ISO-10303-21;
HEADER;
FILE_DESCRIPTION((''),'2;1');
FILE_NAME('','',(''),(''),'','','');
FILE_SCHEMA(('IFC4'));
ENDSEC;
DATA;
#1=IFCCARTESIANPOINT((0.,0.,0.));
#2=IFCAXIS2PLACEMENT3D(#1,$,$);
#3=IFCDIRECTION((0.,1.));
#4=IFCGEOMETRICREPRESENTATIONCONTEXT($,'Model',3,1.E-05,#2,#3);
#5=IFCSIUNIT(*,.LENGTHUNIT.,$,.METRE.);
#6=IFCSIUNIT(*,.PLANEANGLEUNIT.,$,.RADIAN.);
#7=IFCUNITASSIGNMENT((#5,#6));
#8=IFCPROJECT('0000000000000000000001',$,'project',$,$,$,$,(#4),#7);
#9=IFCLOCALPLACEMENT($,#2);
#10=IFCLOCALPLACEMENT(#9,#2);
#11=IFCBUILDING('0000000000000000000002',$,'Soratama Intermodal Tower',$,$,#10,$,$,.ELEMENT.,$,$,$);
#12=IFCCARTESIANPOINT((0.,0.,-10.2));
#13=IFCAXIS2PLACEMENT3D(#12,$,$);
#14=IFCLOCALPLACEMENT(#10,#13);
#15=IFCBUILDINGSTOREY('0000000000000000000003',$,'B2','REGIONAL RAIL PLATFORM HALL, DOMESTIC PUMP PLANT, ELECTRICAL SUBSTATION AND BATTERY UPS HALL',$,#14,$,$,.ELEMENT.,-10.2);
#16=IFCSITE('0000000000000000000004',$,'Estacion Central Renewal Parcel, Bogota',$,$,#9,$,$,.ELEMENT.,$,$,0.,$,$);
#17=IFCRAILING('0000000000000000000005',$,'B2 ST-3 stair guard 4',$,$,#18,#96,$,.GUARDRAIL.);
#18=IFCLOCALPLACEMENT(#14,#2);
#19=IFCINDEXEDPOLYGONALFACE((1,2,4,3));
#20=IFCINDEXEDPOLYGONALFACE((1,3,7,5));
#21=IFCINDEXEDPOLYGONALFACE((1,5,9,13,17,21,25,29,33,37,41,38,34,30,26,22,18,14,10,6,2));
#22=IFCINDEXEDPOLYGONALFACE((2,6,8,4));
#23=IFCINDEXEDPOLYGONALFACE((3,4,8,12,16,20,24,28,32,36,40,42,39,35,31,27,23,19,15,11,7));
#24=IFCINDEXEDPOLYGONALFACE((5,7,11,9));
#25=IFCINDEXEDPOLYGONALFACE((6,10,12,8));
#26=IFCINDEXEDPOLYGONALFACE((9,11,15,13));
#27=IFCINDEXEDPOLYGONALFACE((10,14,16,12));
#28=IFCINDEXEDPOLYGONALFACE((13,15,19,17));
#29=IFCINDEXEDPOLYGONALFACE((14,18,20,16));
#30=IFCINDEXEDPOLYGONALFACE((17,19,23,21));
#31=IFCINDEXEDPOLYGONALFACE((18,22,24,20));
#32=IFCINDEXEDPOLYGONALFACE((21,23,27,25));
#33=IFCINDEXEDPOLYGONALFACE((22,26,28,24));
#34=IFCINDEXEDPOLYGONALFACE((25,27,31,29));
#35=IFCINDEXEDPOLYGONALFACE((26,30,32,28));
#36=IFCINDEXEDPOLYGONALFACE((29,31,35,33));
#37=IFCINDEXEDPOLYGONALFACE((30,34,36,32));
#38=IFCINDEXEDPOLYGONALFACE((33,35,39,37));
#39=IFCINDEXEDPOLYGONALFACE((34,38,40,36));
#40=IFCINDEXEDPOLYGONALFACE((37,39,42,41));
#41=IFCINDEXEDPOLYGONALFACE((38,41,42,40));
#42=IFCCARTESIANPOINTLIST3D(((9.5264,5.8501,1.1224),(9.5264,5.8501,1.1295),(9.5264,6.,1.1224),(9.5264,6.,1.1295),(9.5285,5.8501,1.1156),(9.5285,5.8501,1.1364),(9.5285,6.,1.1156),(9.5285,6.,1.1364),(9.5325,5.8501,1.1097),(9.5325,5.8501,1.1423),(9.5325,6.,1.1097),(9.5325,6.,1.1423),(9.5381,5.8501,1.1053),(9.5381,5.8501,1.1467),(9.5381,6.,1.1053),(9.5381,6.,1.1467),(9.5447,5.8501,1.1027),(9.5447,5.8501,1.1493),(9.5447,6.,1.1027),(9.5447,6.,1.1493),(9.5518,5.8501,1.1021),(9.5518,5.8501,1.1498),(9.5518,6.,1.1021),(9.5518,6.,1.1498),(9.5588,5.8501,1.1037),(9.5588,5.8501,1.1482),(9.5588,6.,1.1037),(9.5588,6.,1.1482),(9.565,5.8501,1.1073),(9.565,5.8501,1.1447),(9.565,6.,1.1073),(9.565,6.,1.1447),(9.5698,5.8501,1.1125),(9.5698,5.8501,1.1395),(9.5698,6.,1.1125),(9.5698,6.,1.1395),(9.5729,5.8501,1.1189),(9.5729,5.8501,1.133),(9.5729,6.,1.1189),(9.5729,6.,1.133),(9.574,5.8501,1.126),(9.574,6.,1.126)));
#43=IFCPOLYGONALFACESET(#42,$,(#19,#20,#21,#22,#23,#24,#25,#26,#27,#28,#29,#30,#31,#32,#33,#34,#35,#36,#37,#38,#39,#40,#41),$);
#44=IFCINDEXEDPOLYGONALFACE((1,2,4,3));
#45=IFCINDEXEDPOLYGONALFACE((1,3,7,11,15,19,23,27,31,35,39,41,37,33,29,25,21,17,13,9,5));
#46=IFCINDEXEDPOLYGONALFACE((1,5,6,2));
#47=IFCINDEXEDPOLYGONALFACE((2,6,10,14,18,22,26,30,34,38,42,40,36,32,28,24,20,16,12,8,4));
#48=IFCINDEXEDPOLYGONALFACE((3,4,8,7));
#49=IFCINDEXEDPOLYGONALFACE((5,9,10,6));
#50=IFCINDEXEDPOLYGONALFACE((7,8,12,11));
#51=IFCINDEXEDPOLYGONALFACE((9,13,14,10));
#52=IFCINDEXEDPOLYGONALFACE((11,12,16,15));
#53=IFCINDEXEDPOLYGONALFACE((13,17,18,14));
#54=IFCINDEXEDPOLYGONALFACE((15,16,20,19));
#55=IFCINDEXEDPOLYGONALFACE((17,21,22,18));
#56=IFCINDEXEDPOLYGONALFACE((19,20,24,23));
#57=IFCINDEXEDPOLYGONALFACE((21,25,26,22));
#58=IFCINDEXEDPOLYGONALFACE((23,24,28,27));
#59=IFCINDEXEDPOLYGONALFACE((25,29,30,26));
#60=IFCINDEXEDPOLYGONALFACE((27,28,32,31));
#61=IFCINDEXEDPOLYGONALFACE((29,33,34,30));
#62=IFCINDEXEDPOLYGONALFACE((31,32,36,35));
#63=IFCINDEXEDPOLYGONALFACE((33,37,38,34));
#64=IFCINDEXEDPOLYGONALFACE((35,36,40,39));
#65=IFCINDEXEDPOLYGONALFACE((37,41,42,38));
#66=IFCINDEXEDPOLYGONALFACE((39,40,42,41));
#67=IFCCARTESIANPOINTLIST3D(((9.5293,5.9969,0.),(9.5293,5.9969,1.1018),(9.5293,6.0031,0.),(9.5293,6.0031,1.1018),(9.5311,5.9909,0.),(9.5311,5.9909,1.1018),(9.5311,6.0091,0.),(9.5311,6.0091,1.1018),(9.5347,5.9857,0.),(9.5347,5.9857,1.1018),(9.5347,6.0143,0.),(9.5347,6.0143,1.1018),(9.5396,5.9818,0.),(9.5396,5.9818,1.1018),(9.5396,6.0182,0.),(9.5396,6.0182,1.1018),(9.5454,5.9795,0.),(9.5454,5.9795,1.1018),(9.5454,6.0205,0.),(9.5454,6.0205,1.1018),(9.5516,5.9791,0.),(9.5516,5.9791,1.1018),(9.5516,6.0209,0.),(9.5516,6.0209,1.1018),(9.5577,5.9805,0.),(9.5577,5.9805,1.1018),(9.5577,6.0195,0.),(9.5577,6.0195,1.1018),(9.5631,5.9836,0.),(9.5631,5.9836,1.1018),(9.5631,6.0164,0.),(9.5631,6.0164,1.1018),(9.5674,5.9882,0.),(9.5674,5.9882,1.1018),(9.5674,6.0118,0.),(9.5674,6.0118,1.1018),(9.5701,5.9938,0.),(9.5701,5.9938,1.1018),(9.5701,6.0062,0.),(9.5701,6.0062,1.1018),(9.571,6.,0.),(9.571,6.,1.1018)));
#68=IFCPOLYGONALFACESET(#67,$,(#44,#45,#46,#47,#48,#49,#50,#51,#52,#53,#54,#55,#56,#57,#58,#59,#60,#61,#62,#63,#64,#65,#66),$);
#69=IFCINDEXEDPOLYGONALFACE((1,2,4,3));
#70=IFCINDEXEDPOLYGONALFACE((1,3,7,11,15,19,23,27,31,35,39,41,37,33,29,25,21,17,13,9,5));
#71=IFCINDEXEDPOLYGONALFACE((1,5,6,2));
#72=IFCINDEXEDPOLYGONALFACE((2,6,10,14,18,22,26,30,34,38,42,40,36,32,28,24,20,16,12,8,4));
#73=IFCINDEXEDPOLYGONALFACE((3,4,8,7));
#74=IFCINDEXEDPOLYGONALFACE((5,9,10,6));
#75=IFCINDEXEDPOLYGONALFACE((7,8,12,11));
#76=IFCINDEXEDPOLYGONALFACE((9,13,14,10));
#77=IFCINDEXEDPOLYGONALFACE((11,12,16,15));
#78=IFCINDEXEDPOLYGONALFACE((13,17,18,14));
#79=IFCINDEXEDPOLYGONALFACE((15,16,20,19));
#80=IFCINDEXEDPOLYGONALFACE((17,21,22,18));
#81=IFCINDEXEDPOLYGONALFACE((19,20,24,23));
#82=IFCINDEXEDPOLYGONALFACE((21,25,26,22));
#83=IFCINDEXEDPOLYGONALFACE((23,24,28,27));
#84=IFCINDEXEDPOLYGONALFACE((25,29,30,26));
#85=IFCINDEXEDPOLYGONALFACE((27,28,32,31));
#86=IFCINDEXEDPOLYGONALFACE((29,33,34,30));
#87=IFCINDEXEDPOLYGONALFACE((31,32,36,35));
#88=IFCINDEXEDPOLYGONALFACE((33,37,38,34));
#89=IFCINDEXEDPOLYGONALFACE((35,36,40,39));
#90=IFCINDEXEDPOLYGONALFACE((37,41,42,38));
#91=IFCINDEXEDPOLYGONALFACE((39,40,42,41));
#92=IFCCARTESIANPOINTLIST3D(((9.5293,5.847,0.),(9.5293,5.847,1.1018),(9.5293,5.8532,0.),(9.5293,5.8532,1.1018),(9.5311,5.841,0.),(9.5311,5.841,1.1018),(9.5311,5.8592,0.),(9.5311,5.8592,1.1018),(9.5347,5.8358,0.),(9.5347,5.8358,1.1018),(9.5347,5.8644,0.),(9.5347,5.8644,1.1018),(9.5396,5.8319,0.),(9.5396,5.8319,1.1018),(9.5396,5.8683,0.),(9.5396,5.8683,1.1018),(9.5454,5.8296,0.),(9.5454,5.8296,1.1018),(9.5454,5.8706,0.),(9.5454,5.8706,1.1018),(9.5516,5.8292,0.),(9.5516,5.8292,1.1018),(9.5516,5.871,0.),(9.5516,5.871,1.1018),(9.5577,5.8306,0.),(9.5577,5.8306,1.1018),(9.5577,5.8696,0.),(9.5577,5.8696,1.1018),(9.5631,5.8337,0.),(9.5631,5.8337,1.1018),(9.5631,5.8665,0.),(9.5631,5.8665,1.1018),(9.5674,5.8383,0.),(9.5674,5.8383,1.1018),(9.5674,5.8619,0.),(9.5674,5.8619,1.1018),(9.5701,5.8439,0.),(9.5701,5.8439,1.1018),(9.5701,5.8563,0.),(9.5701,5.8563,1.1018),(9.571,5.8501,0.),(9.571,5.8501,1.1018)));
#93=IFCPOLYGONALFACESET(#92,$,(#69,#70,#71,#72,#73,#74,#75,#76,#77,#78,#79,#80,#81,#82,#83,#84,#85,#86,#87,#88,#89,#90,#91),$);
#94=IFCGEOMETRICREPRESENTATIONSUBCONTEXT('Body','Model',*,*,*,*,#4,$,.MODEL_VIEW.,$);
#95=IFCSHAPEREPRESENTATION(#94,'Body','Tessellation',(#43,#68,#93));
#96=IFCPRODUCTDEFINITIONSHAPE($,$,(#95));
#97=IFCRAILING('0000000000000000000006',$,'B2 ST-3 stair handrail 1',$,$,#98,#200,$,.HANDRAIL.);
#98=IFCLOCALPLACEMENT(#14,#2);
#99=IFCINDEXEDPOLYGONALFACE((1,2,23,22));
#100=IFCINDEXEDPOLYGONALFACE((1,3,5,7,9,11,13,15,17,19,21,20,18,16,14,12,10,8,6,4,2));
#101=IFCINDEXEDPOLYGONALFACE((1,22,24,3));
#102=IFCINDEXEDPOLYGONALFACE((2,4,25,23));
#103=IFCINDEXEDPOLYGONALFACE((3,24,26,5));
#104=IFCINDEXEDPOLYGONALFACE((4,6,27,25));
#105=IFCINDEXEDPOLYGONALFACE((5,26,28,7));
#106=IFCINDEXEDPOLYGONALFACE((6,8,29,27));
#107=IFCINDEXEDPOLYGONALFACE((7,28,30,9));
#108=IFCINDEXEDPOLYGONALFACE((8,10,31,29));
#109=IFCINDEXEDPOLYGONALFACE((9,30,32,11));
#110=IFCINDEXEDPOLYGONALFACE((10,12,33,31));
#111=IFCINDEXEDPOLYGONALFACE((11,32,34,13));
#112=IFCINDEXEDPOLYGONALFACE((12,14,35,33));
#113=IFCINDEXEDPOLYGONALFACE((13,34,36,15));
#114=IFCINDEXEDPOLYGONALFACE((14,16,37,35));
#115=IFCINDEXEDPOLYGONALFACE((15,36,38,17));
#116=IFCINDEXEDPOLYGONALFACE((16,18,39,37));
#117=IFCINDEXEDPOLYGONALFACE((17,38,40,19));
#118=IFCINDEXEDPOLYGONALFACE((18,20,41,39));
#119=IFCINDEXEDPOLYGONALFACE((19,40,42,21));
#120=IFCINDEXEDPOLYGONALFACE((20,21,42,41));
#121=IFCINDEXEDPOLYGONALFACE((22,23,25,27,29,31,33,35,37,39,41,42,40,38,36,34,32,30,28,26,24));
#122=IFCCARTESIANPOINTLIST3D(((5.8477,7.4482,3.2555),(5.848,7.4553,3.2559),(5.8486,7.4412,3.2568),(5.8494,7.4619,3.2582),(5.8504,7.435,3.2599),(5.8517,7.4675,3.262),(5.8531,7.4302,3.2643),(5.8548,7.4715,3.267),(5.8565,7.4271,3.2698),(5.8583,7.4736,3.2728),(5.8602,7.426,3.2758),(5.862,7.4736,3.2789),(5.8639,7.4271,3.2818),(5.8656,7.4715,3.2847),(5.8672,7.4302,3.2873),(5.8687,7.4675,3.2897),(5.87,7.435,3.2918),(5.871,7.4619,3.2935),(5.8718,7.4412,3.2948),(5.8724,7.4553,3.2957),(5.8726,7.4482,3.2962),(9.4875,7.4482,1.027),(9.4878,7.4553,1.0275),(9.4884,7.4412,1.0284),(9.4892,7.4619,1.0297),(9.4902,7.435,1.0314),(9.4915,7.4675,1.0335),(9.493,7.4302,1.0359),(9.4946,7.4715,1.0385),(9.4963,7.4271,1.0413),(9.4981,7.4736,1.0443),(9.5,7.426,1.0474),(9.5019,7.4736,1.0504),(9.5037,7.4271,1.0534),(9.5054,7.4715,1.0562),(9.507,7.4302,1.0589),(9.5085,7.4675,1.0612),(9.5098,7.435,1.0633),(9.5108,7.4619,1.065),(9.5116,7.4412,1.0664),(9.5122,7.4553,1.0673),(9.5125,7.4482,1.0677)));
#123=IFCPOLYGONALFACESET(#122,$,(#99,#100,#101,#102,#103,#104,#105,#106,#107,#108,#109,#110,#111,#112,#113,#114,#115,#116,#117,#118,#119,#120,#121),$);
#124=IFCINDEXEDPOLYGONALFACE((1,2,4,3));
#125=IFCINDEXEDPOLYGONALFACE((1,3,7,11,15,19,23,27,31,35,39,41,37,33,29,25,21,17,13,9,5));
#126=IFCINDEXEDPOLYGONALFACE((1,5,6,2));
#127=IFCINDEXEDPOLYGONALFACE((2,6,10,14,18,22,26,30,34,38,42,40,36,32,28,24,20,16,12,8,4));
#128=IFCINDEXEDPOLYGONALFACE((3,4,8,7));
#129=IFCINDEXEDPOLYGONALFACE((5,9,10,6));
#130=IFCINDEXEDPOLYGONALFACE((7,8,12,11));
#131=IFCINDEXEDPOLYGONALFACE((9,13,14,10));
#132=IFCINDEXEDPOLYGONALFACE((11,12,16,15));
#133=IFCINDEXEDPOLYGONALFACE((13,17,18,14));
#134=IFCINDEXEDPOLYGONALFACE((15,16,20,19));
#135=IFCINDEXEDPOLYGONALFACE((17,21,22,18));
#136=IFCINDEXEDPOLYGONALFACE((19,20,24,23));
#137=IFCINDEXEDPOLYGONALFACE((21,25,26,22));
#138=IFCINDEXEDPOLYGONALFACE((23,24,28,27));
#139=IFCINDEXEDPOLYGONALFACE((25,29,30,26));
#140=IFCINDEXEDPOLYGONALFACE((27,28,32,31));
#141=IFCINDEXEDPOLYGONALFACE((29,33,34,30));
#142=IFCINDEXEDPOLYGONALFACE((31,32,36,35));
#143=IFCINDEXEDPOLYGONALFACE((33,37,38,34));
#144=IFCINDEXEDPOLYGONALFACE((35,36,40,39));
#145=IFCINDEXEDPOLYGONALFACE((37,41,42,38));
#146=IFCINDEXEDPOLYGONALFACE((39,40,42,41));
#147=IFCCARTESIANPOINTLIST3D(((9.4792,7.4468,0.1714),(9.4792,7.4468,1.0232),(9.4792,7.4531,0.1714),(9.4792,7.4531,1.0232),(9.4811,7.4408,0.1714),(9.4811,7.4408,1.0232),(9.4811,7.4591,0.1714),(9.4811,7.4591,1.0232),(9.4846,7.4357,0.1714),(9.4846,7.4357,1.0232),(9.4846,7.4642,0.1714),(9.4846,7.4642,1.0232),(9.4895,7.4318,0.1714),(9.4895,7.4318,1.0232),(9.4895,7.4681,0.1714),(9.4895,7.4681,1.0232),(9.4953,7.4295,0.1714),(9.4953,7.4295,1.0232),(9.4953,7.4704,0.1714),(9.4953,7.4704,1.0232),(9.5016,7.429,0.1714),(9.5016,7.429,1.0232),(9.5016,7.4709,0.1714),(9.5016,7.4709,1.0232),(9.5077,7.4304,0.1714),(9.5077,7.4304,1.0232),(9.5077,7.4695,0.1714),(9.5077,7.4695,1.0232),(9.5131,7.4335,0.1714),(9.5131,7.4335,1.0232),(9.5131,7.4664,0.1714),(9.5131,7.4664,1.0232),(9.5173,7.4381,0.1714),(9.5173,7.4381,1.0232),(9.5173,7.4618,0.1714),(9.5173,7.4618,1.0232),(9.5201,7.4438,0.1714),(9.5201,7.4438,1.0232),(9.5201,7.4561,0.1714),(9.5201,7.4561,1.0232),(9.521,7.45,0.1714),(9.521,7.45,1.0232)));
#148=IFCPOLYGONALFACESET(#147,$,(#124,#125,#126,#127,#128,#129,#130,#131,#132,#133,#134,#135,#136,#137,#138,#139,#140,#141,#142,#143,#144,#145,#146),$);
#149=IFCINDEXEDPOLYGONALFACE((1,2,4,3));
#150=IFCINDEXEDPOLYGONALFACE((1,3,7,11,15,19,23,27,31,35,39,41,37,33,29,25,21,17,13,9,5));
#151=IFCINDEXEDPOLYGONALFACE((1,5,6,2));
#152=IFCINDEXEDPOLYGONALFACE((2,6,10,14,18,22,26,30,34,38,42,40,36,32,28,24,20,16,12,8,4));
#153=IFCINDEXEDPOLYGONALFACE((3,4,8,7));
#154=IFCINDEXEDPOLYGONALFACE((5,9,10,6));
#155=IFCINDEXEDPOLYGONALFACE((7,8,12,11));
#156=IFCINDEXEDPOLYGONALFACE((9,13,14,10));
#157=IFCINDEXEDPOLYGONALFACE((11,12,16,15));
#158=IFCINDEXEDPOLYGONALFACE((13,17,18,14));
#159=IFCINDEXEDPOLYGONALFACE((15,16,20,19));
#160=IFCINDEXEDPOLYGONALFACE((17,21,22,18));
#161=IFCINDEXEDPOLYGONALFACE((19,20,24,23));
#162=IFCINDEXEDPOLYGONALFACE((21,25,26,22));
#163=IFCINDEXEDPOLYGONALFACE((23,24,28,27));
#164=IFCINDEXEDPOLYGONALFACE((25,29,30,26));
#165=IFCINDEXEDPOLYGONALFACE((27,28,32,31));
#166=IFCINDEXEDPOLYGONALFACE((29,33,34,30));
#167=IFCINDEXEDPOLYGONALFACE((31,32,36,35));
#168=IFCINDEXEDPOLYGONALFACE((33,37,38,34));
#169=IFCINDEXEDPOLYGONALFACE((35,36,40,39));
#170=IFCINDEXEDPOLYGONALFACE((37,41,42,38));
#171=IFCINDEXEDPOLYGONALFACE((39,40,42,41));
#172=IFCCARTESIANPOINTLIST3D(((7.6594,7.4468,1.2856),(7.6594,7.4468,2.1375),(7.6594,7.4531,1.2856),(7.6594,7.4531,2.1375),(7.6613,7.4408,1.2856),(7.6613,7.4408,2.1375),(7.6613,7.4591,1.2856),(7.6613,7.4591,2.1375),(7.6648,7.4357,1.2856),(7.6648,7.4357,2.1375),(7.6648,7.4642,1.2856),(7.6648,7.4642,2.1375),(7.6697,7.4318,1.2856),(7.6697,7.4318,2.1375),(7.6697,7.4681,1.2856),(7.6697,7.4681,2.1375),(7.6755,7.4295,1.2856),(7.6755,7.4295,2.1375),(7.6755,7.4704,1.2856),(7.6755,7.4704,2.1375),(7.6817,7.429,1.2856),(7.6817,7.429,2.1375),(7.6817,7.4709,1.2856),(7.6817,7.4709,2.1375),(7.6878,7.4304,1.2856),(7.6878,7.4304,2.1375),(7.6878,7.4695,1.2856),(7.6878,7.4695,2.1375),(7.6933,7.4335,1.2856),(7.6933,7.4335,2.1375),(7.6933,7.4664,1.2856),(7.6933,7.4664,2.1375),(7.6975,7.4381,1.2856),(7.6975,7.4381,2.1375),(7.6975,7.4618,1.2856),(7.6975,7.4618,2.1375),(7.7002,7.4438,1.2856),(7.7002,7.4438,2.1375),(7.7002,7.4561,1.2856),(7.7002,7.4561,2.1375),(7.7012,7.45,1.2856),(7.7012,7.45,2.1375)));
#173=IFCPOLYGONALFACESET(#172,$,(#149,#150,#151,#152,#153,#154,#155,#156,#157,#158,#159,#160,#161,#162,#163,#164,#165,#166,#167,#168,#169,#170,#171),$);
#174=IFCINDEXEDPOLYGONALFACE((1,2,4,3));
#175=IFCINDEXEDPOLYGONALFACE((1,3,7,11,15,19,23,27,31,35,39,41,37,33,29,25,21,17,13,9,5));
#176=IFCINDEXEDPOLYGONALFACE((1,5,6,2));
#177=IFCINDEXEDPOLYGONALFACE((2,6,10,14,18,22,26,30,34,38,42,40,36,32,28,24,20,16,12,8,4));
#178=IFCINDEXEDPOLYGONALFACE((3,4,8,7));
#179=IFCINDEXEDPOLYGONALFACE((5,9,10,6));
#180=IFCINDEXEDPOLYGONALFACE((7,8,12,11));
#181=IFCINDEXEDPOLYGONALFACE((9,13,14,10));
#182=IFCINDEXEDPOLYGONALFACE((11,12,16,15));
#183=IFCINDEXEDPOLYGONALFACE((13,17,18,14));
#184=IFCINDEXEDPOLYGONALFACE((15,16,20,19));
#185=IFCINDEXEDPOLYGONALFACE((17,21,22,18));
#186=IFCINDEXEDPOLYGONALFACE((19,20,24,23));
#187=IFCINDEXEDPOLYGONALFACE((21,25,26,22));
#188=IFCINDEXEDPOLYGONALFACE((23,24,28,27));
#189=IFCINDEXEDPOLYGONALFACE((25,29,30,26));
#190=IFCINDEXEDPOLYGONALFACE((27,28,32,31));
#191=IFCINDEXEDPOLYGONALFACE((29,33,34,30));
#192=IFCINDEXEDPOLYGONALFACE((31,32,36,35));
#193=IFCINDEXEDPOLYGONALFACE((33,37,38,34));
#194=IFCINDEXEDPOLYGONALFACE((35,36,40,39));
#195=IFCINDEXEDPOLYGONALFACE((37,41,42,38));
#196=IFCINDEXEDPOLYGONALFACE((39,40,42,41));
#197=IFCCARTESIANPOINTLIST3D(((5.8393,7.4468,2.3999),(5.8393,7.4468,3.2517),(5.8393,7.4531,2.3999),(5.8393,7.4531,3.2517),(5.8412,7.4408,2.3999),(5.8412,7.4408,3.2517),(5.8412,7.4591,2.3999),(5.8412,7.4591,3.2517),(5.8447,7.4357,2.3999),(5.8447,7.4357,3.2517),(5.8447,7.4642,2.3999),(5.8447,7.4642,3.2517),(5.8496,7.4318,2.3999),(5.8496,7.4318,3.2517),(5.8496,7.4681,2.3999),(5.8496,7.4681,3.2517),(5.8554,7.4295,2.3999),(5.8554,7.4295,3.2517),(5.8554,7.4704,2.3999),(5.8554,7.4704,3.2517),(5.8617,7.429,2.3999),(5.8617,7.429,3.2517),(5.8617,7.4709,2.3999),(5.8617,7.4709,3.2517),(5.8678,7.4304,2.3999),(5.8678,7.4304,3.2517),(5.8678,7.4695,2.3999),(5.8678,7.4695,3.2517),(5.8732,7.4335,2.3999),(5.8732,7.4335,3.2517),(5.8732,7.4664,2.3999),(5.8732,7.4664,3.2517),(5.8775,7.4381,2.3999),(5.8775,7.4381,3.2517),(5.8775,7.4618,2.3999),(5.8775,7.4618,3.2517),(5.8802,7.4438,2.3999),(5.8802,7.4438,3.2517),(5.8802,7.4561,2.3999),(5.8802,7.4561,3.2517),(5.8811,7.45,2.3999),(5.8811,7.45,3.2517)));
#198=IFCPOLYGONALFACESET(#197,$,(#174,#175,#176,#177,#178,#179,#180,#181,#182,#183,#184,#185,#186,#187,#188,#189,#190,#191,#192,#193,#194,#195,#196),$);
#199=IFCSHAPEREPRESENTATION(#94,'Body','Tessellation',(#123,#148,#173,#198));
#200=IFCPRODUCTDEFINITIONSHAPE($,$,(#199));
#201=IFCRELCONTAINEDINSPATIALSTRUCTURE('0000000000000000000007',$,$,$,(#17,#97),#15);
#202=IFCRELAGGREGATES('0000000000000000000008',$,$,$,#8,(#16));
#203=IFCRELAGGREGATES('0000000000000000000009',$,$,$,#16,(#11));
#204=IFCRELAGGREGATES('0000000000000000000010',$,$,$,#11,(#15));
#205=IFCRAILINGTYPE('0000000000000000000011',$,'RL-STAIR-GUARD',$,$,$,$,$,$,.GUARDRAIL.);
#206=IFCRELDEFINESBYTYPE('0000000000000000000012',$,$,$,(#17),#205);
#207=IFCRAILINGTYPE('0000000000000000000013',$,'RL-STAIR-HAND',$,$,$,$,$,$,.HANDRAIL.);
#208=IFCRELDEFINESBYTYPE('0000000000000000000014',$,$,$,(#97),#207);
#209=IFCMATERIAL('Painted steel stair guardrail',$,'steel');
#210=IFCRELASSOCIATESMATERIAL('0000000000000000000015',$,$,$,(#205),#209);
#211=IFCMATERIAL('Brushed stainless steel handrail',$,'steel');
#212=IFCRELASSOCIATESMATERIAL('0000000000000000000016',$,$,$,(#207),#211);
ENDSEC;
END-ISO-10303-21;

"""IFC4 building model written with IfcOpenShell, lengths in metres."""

from ifc_helpers import new_model, si_unit, direction, frame, origin, origin_2d, place, context, subcontext, project, spatial, circle, extrude, material, type_object, element, save


model = new_model("IFC4")

# Units and contexts
model_context = context("Model", 3, precision=1e-05, world=origin(), true_north=direction((0.0, 1.0)))
body_context = subcontext(model_context, "Body", "Model", "MODEL_VIEW")
ifc_project = project(units=[si_unit("LENGTHUNIT", "METRE"), si_unit("PLANEANGLEUNIT", "RADIAN")], contexts=[model_context])

# Site, building, storey
site_placement = place(None, origin())
site = spatial("IfcSite", under=ifc_project, at=site_placement, Name="Estacion Central Renewal Parcel, Bogota", CompositionType="ELEMENT", RefElevation=0.0)
building_placement = place(site_placement, origin())
building = spatial("IfcBuilding", under=site, at=building_placement, Name="Soratama Intermodal Tower", CompositionType="ELEMENT")
storey_placement = place(building_placement, frame((0.0, 0.0, -10.2)))
storey = spatial("IfcBuildingStorey", under=building, at=storey_placement, Name="B2", Description="REGIONAL RAIL PLATFORM HALL, DOMESTIC PUMP PLANT, ELECTRICAL SUBSTATION AND BATTERY UPS HALL", CompositionType="ELEMENT", Elevation=-10.2)

# Railings
ifc_material_1 = material(Name="Painted steel stair guardrail", Category="steel")
railing_type_1 = type_object("IfcRailingType", Name="RL-STAIR-GUARD", PredefinedType="GUARDRAIL", material=ifc_material_1)
railing_1_placement = place(storey_placement, frame((9.55, 6.0, 0.0)))
element("IfcRailing", 1, at=railing_1_placement, inside=storey, type_object=railing_type_1, Name="B2 ST-3 stair guard 4", PredefinedType="GUARDRAIL", context=body_context, shape_type="SweptSolid", body=[
    extrude(circle(Radius=0.0239, at=origin_2d()), frame((0.0, 0.0, 1.126), z_axis=(0.0, -1.0, 0.0), x_axis=(1.0, 0.0, 0.0)), (0.0, 0.0, 1.0), 0.1499),
    extrude(circle(Radius=0.021, at=origin_2d()), origin(), (0.0, 0.0, 1.0), 1.1018),
    extrude(circle(Radius=0.021, at=origin_2d()), frame((0.0, -0.1499, 0.0)), (0.0, 0.0, 1.0), 1.1018),
])
ifc_material_2 = material(Name="Brushed stainless steel handrail", Category="steel")
railing_type_2 = type_object("IfcRailingType", Name="RL-STAIR-HAND", PredefinedType="HANDRAIL", material=ifc_material_2)
railing_2_placement = place(storey_placement, frame((9.5, 7.45, 0.1714)))
element("IfcRailing", 2, at=railing_2_placement, inside=storey, type_object=railing_type_2, Name="B2 ST-3 stair handrail 1", PredefinedType="HANDRAIL", context=body_context, shape_type="SweptSolid", body=[
    extrude(circle(Radius=0.0239, at=origin_2d()), frame((0.0, 0.0, 0.876), z_axis=(-0.85285, 0.0, 0.522156), x_axis=(0.0, -1.0, 0.0)), (0.0, 0.0, 1.0), 4.2678),
    extrude(circle(Radius=0.021, at=origin_2d()), origin(), (0.0, 0.0, 1.0), 0.8518),
    extrude(circle(Radius=0.021, at=origin_2d()), frame((-1.8198, 0.0, 1.1143)), (0.0, 0.0, 1.0), 0.8518),
    extrude(circle(Radius=0.021, at=origin_2d()), frame((-3.6399, 0.0, 2.2285)), (0.0, 0.0, 1.0), 0.8518),
])

save(model, "model.ifc")
